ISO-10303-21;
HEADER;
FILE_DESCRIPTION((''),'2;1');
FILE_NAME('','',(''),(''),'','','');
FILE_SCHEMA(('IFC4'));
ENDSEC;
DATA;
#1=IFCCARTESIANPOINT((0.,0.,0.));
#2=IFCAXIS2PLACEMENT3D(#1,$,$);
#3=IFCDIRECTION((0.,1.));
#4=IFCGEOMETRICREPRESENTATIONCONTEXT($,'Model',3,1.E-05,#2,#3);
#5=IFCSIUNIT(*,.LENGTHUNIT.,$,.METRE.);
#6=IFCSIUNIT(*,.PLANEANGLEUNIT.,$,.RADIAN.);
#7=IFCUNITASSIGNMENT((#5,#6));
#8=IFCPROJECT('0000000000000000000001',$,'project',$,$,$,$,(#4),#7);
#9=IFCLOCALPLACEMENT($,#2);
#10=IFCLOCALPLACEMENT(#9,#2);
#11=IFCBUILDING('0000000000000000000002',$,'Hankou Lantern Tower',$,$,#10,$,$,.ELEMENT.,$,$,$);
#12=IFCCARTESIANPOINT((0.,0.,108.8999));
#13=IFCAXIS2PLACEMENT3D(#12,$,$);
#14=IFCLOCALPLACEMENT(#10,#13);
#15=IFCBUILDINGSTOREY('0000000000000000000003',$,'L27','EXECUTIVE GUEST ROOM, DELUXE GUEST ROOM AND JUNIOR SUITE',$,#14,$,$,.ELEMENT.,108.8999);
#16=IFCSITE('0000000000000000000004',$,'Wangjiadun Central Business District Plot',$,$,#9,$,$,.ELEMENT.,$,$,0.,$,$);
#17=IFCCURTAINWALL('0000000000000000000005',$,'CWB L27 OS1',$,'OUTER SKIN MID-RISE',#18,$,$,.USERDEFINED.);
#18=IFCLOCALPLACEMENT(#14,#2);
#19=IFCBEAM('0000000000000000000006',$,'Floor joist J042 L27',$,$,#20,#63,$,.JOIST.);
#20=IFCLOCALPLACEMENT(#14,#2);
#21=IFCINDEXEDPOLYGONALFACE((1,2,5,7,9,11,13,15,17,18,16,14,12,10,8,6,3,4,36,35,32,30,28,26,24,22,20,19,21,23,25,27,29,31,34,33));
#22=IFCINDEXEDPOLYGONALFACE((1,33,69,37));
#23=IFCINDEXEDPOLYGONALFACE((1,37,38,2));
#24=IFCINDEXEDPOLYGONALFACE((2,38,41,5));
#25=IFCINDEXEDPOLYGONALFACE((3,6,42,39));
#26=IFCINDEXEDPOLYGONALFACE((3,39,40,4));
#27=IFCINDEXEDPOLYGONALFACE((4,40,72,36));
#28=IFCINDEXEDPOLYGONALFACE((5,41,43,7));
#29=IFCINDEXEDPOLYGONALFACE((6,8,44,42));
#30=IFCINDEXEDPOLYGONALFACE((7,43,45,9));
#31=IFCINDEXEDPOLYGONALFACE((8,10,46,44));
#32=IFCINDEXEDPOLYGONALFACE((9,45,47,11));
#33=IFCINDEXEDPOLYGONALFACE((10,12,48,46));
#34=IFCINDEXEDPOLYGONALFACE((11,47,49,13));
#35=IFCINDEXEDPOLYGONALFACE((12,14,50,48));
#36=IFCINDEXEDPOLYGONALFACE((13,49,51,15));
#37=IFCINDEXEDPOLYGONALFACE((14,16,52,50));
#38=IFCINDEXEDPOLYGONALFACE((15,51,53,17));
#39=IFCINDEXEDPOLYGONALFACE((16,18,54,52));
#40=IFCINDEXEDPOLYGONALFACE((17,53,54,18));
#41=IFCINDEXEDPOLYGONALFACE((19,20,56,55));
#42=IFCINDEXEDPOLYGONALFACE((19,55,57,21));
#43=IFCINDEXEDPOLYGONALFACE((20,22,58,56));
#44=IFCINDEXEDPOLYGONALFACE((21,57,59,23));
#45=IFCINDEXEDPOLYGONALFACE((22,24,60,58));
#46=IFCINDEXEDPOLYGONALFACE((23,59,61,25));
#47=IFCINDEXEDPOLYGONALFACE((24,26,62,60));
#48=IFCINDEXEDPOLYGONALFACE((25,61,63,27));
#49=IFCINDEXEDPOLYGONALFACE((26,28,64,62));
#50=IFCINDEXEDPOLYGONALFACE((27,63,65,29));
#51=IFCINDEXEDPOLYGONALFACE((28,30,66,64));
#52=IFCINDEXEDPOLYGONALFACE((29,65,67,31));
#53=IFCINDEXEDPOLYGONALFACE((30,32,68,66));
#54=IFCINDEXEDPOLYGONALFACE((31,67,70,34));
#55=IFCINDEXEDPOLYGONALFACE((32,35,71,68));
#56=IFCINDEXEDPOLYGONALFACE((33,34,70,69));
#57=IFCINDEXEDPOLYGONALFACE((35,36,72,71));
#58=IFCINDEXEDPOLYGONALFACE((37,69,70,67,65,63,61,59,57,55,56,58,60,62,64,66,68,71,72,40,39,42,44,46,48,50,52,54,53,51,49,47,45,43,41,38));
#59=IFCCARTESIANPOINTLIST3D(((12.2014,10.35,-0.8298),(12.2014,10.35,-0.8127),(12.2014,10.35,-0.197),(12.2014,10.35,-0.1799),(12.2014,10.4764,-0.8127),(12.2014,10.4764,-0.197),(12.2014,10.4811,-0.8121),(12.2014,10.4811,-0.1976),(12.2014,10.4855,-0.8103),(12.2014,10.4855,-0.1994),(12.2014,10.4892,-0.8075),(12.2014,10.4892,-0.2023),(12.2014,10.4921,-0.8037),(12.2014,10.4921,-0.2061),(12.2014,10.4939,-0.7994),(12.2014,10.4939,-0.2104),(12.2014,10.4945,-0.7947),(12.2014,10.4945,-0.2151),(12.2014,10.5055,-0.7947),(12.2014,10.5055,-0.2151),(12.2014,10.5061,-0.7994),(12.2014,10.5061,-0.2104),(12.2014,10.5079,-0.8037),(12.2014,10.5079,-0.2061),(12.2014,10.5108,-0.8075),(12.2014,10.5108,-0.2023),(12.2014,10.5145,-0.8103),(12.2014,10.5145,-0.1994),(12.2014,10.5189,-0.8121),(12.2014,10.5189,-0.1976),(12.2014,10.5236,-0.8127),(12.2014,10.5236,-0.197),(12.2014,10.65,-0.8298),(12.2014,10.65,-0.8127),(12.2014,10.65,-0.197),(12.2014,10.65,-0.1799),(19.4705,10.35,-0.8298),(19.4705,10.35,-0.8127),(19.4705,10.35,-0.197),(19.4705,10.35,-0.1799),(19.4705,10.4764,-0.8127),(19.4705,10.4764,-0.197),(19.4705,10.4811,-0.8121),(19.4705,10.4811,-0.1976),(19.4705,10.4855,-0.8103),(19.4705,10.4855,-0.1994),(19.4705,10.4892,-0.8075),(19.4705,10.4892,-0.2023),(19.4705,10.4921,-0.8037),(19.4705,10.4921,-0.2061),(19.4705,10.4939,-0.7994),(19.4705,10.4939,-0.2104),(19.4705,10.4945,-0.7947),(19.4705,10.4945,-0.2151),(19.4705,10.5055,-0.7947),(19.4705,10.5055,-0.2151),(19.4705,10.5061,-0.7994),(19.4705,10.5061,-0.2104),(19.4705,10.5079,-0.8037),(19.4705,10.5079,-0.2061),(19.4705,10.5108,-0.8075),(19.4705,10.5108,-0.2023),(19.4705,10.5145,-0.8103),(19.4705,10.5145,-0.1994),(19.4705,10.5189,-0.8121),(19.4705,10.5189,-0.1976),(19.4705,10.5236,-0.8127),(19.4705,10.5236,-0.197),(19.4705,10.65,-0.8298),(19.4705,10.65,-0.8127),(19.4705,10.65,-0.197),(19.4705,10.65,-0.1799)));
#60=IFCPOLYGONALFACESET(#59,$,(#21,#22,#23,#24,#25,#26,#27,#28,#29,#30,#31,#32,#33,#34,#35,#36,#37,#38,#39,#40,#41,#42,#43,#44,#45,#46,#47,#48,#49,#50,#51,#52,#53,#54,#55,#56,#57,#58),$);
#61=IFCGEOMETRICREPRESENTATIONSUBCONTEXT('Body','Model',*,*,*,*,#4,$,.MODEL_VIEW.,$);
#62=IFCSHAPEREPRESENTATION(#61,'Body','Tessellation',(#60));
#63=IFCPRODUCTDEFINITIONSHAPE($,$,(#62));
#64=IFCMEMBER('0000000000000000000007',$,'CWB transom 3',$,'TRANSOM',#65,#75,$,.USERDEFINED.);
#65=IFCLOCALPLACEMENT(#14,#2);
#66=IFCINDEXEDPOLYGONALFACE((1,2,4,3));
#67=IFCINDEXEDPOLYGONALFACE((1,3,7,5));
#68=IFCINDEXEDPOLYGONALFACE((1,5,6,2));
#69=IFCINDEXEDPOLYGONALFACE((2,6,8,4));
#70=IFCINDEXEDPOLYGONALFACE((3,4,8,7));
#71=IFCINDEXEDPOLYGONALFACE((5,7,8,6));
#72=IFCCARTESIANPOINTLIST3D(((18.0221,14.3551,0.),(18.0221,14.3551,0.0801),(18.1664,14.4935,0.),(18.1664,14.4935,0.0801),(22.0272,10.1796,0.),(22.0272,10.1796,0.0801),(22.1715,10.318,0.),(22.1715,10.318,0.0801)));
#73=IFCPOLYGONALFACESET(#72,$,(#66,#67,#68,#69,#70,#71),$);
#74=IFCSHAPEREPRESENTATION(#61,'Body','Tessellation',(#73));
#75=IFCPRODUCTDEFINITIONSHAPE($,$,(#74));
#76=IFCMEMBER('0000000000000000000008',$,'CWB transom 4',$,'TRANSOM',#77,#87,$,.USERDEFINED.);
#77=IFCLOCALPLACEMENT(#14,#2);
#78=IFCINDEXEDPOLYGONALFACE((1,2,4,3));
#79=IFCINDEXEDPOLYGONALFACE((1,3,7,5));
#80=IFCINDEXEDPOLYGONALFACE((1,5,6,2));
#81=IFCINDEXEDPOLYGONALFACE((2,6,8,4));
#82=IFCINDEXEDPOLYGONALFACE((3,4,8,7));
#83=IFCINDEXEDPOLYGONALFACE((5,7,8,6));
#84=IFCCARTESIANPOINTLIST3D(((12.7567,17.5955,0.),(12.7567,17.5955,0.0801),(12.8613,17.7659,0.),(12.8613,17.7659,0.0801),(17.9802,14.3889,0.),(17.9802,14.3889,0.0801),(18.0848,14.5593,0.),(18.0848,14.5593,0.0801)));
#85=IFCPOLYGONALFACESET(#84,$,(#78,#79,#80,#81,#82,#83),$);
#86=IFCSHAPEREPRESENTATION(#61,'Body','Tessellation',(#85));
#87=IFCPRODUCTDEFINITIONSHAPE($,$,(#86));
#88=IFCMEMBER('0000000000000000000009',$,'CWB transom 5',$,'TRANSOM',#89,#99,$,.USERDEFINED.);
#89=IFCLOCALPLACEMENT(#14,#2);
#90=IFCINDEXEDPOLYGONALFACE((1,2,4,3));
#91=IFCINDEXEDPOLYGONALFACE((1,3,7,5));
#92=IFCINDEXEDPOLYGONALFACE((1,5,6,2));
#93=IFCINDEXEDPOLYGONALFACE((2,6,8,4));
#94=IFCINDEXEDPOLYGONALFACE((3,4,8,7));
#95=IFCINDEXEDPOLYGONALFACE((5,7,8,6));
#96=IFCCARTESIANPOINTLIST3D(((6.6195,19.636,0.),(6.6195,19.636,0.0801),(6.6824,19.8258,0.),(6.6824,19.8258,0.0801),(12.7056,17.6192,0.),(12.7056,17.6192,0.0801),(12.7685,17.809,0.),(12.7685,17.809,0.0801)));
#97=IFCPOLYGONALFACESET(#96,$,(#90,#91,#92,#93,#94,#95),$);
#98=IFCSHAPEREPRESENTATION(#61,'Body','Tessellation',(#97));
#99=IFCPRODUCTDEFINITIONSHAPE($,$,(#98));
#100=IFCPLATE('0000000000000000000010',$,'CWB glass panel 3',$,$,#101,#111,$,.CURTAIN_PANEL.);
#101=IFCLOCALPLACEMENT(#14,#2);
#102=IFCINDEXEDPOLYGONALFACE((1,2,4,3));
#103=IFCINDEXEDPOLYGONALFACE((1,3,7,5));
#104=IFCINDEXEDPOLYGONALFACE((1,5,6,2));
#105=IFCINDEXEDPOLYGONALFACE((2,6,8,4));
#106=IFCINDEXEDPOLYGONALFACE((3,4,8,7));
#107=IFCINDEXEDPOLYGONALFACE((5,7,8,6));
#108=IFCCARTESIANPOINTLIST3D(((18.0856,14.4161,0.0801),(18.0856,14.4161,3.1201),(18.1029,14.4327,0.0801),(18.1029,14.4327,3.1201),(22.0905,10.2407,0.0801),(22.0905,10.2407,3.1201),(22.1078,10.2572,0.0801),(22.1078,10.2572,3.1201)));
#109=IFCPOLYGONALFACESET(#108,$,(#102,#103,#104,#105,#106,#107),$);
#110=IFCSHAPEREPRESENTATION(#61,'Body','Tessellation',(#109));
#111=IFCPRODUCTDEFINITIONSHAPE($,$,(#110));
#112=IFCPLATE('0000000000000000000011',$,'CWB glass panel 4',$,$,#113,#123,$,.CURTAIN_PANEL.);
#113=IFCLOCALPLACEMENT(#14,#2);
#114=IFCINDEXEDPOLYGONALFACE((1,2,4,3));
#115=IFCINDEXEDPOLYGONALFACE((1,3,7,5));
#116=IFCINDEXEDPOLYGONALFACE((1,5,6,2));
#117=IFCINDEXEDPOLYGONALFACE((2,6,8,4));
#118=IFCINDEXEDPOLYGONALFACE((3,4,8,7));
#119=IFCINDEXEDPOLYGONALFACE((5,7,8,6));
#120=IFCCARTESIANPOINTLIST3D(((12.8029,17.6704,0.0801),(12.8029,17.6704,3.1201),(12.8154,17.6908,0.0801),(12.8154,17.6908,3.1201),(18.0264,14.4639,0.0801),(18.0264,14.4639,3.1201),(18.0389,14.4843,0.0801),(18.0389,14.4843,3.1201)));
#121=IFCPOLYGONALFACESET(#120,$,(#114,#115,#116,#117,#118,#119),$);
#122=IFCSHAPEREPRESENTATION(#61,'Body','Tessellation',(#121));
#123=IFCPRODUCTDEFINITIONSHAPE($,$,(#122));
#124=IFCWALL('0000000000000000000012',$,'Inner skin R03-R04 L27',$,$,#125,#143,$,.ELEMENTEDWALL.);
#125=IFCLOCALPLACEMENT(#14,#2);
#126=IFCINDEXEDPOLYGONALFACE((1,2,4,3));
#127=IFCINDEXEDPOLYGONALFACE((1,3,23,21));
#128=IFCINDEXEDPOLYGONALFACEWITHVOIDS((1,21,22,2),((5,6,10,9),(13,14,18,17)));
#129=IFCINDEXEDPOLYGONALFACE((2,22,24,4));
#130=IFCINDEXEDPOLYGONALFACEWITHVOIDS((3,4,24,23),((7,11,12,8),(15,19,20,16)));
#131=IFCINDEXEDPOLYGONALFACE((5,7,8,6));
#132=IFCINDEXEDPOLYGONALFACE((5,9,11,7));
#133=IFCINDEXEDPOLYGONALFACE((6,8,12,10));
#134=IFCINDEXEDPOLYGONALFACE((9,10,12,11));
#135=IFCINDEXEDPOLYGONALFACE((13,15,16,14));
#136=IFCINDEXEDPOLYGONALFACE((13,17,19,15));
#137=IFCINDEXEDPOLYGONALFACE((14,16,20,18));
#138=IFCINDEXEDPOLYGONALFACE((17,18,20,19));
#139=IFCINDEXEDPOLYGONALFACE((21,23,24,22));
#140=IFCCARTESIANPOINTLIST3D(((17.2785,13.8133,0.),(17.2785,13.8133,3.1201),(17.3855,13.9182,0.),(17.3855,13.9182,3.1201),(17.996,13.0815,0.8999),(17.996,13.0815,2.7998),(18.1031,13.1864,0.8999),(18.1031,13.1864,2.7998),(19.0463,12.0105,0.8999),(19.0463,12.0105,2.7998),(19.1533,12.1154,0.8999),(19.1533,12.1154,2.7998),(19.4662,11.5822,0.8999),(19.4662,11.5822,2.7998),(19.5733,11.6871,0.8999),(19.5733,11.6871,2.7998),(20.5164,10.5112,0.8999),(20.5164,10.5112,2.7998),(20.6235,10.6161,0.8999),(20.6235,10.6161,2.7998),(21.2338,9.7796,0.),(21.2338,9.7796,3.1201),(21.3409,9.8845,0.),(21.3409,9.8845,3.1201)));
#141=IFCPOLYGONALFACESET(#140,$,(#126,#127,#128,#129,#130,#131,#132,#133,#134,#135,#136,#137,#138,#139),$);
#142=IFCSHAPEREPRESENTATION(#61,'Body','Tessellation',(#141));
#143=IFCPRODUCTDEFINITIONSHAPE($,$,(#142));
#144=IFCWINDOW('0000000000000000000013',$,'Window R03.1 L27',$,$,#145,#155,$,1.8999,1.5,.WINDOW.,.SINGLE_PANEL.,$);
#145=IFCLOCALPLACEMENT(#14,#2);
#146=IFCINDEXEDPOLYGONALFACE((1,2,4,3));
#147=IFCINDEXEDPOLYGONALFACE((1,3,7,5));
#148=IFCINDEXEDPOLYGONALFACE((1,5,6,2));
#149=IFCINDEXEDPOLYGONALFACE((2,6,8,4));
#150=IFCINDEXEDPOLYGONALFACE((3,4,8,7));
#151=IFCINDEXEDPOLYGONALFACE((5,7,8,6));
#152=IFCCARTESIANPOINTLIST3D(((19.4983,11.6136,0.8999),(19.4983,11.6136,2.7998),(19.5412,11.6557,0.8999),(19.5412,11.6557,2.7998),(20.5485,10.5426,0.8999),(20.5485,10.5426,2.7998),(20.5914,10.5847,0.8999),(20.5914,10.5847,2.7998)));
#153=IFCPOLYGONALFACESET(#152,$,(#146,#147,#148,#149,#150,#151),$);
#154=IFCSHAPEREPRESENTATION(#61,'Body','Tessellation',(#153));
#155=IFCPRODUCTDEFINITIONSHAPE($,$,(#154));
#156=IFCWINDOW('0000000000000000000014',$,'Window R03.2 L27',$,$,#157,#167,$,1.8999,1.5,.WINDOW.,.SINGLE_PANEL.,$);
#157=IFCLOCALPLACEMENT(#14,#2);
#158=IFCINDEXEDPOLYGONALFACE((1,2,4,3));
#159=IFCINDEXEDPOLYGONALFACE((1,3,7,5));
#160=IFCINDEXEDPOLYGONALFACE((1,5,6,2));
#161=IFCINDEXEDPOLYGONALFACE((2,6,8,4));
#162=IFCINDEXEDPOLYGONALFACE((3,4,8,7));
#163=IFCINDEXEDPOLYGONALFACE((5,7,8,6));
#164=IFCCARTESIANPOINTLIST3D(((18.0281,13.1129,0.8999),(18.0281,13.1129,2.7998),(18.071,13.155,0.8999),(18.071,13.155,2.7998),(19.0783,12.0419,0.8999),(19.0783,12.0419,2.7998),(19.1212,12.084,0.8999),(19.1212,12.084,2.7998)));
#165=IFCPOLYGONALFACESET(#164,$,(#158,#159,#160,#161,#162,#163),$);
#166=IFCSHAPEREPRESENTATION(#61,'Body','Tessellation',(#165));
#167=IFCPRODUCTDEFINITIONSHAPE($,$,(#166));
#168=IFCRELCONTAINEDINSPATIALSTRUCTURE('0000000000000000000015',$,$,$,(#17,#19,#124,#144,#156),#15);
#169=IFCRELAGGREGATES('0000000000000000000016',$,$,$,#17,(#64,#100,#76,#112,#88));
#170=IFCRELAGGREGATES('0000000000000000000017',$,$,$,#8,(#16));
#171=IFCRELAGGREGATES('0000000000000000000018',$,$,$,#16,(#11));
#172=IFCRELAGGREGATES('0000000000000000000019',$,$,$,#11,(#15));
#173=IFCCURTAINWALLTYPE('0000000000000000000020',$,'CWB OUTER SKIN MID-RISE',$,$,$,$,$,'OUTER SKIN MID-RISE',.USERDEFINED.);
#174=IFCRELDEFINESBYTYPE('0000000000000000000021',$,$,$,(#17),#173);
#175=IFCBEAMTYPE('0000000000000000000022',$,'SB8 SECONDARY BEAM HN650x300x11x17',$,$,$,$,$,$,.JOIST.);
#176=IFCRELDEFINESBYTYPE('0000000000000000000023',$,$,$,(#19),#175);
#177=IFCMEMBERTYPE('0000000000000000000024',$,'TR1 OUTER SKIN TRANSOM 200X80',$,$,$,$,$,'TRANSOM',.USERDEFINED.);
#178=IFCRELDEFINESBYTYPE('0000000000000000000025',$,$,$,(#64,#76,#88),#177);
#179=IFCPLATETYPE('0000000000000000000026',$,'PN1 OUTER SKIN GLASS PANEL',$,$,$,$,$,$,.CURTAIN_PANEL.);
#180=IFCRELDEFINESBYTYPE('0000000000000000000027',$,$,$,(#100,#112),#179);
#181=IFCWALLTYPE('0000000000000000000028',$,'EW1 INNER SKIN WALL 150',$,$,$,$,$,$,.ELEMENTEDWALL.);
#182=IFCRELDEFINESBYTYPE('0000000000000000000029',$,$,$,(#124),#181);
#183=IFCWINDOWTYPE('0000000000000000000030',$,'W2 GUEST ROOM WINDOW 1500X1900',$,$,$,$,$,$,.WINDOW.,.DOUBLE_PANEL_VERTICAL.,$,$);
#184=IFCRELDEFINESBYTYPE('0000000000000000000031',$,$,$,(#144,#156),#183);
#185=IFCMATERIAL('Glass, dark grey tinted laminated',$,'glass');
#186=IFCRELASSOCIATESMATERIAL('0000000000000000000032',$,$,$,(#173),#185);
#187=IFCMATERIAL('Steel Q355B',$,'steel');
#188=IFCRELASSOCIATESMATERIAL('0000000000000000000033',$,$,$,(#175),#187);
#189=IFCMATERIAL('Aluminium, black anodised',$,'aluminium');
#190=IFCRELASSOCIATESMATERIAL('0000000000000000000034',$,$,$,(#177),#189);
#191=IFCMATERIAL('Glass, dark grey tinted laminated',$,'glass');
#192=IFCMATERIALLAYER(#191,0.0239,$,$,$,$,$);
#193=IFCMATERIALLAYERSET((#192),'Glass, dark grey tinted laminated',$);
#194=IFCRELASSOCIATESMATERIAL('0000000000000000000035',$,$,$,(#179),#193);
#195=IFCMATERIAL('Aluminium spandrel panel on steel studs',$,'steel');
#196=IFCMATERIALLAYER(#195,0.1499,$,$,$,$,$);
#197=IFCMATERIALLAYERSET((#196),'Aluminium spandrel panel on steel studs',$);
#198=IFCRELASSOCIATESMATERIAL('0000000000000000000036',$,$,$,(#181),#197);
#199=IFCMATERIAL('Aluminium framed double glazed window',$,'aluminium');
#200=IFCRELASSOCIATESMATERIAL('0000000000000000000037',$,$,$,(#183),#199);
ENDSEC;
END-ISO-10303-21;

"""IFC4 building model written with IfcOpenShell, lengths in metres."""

from ifc_helpers import new_model, si_unit, direction, frame, frame_2d, origin, origin_2d, place, context, subcontext, project, spatial, rectangle, i_section, extrude, material, layer, layer_set, material_profile, profile_set, type_object, element, fill, aggregate, save


model = new_model("IFC4")

# Units and contexts
model_context = context("Model", 3, precision=1e-05, world=origin(), true_north=direction((0.0, 1.0)))
body_context = subcontext(model_context, "Body", "Model", "MODEL_VIEW")
ifc_project = project(units=[si_unit("LENGTHUNIT", "METRE"), si_unit("PLANEANGLEUNIT", "RADIAN")], contexts=[model_context])

# Site, building, storey
site_placement = place(None, origin())
site = spatial("IfcSite", under=ifc_project, at=site_placement, Name="Wangjiadun Central Business District Plot", CompositionType="ELEMENT", RefElevation=0.0)
building_placement = place(site_placement, origin())
building = spatial("IfcBuilding", under=site, at=building_placement, Name="Hankou Lantern Tower", CompositionType="ELEMENT")
storey_placement = place(building_placement, frame((0.0, 0.0, 108.8999)))
storey = spatial("IfcBuildingStorey", under=building, at=storey_placement, Name="L27", Description="EXECUTIVE GUEST ROOM, DELUXE GUEST ROOM AND JUNIOR SUITE", CompositionType="ELEMENT", Elevation=108.8999)

# Curtain wall
ifc_material_1 = material(Name="Glass, dark grey tinted laminated", Category="glass")
curtain_wall_type = type_object("IfcCurtainWallType", Name="CWB OUTER SKIN MID-RISE", ElementType="OUTER SKIN MID-RISE", PredefinedType="USERDEFINED", material=ifc_material_1)
curtain_wall_placement = place(storey_placement, origin())
curtain_wall = element("IfcCurtainWall", 1, at=curtain_wall_placement, inside=storey, type_object=curtain_wall_type, Name="CWB L27 OS1", ObjectType="OUTER SKIN MID-RISE", PredefinedType="USERDEFINED")

# Beam
ifc_material_2 = material(Name="Steel Q355B", Category="steel")
ifc_material_profile_1 = material_profile(ifc_material_2, i_section(OverallWidth=0.3, OverallDepth=0.6499, WebThickness=0.011, FlangeThickness=0.0171, FilletRadius=0.0181, at=origin_2d()), Name="HN650x300x11x17")
ifc_profile_set_1 = profile_set([ifc_material_profile_1], Name="Steel Q355B")
beam_type_1 = type_object("IfcBeamType", Name="SB8 SECONDARY BEAM HN650x300x11x17", PredefinedType="JOIST", material=ifc_profile_set_1)
beam_1_placement = place(storey_placement, frame((12.2014, 10.5, -0.5049), z_axis=(1.0, 0.0, 0.0), x_axis=(0.0, 1.0, 0.0)))
element("IfcBeam", 2, at=beam_1_placement, inside=storey, type_object=beam_type_1, Name="Floor joist J042 L27", PredefinedType="JOIST", context=body_context, shape_type="SweptSolid", body=[
    extrude(i_section(OverallWidth=0.3, OverallDepth=0.6499, WebThickness=0.011, FlangeThickness=0.0171, FilletRadius=0.0181, at=origin_2d()), origin(), (0.0, 0.0, 1.0), 7.269),
])

# Members
ifc_material_3 = material(Name="Aluminium, black anodised", Category="aluminium")
ifc_material_profile_2 = material_profile(ifc_material_3, rectangle(XDim=0.2, YDim=0.0801, at=origin_2d()), Name="TR1 200X80")
ifc_profile_set_2 = profile_set([ifc_material_profile_2], Name="Aluminium, black anodised")
member_type_1 = type_object("IfcMemberType", Name="TR1 OUTER SKIN TRANSOM 200X80", ElementType="TRANSOM", PredefinedType="USERDEFINED", material=ifc_profile_set_2)
member_1_placement = place(storey_placement, frame((22.0994, 10.2488, 0.04), z_axis=(-0.692227, 0.72168, 0.0), x_axis=(-0.72168, -0.692227, 0.0)))
member_1 = element("IfcMember", 3, at=member_1_placement, type_object=member_type_1, Name="CWB transom 3", ObjectType="TRANSOM", PredefinedType="USERDEFINED", context=body_context, shape_type="SweptSolid", body=[
    extrude(rectangle(XDim=0.2, YDim=0.0801, at=origin_2d()), origin(), (0.0, 0.0, 1.0), 5.7859),
])
member_2_placement = place(storey_placement, frame((18.0325, 14.4741, 0.04), z_axis=(-0.852229, 0.523168, 0.0), x_axis=(-0.523168, -0.852229, 0.0)))
member_2 = element("IfcMember", 4, at=member_2_placement, type_object=member_type_1, Name="CWB transom 4", ObjectType="TRANSOM", PredefinedType="USERDEFINED", context=body_context, shape_type="SweptSolid", body=[
    extrude(rectangle(XDim=0.2, YDim=0.0801, at=origin_2d()), origin(), (0.0, 0.0, 1.0), 6.1292),
])
member_3_placement = place(storey_placement, frame((12.7371, 17.7141, 0.04), z_axis=(-0.949238, 0.314559, 0.0), x_axis=(-0.314559, -0.949238, 0.0)))
member_3 = element("IfcMember", 5, at=member_3_placement, type_object=member_type_1, Name="CWB transom 5", ObjectType="TRANSOM", PredefinedType="USERDEFINED", context=body_context, shape_type="SweptSolid", body=[
    extrude(rectangle(XDim=0.2, YDim=0.0801, at=origin_2d()), origin(), (0.0, 0.0, 1.0), 6.4116),
])

# Plates
ifc_material_4 = material(Name="Glass, dark grey tinted laminated", Category="glass")
ifc_layer_1 = layer(ifc_material_4, 0.0239)
ifc_layer_set_1 = layer_set([ifc_layer_1], Name="Glass, dark grey tinted laminated")
plate_type = type_object("IfcPlateType", Name="PN1 OUTER SKIN GLASS PANEL", PredefinedType="CURTAIN_PANEL", material=ifc_layer_set_1)
plate_1_placement = place(storey_placement, frame((20.0967, 12.3367, 0.0801), z_axis=(0.0, 0.0, 1.0), x_axis=(-0.692216, 0.721691, 0.0)))
plate_1 = element("IfcPlate", 6, at=plate_1_placement, type_object=plate_type, Name="CWB glass panel 3", PredefinedType="CURTAIN_PANEL", context=body_context, shape_type="SweptSolid", body=[
    extrude(rectangle(XDim=5.7856, YDim=0.0239, at=origin_2d()), origin(), (0.0, 0.0, 1.0), 3.04),
])
plate_2_placement = place(storey_placement, frame((15.4209, 16.0774, 0.0801), z_axis=(0.0, 0.0, 1.0), x_axis=(-0.852237, 0.523156, 0.0)))
plate_2 = element("IfcPlate", 7, at=plate_2_placement, type_object=plate_type, Name="CWB glass panel 4", PredefinedType="CURTAIN_PANEL", context=body_context, shape_type="SweptSolid", body=[
    extrude(rectangle(XDim=6.1292, YDim=0.0239, at=origin_2d()), origin(), (0.0, 0.0, 1.0), 3.04),
])
aggregate(curtain_wall, [member_1, plate_1, member_2, plate_2, member_3])

# Wall, openings, windows
ifc_material_5 = material(Name="Aluminium spandrel panel on steel studs", Category="steel")
ifc_layer_2 = layer(ifc_material_5, 0.1499)
ifc_layer_set_2 = layer_set([ifc_layer_2], Name="Aluminium spandrel panel on steel studs")
wall_type_1 = type_object("IfcWallType", Name="EW1 INNER SKIN WALL 150", PredefinedType="ELEMENTEDWALL", material=ifc_layer_set_2)
wall_1_placement = place(storey_placement, frame((21.2874, 9.832, 0.0), z_axis=(0.0, 0.0, 1.0), x_axis=(-0.700137, 0.714009, 0.0)))
wall_1 = element("IfcWall", 8, at=wall_1_placement, inside=storey, type_object=wall_type_1, Name="Inner skin R03-R04 L27", PredefinedType="ELEMENTEDWALL", context=body_context, shape_type="SweptSolid", body=[
    extrude(rectangle(XDim=5.6494, YDim=0.1499, at=frame_2d((2.8247, 0.0))), origin(), (0.0, 0.0, 1.0), 3.1201),
])
opening_1_placement = place(wall_1_placement, frame((1.0247, 0.0, 0.8999)))
opening_1 = element("IfcOpeningElement", 9, at=opening_1_placement, cuts=wall_1, PredefinedType="OPENING", context=body_context, shape_type="SweptSolid", body=[
    extrude(rectangle(XDim=1.5, YDim=1.8999, at=frame_2d((0.75, 0.95))), frame((0.0, 0.085, 0.0), z_axis=(0.0, -1.0, 0.0), x_axis=(1.0, 0.0, 0.0)), (0.0, 0.0, 1.0), 0.1699),
])
opening_2_placement = place(wall_1_placement, frame((3.1245, 0.0, 0.8999)))
opening_2 = element("IfcOpeningElement", 10, at=opening_2_placement, cuts=wall_1, PredefinedType="OPENING", context=body_context, shape_type="SweptSolid", body=[
    extrude(rectangle(XDim=1.5, YDim=1.8999, at=frame_2d((0.75, 0.95))), frame((0.0, 0.085, 0.0), z_axis=(0.0, -1.0, 0.0), x_axis=(1.0, 0.0, 0.0)), (0.0, 0.0, 1.0), 0.1699),
])
ifc_material_6 = material(Name="Aluminium framed double glazed window", Category="aluminium")
window_type = type_object("IfcWindowType", Name="W2 GUEST ROOM WINDOW 1500X1900", PartitioningType="DOUBLE_PANEL_VERTICAL", PredefinedType="WINDOW", material=ifc_material_6)
window_1_placement = place(opening_1_placement, origin())
window_1 = element("IfcWindow", 11, at=window_1_placement, inside=storey, type_object=window_type, Name="Window R03.1 L27", OverallHeight=1.8999, OverallWidth=1.5, PartitioningType="SINGLE_PANEL", PredefinedType="WINDOW", context=body_context, shape_type="SweptSolid", body=[
    extrude(rectangle(XDim=1.5, YDim=1.8999, at=frame_2d((0.75, 0.95))), frame((0.0, 0.03, 0.0), z_axis=(0.0, -1.0, 0.0), x_axis=(1.0, 0.0, 0.0)), (0.0, 0.0, 1.0), 0.0601),
])
fill(opening_1, window_1)
window_2_placement = place(opening_2_placement, origin())
window_2 = element("IfcWindow", 12, at=window_2_placement, inside=storey, type_object=window_type, Name="Window R03.2 L27", OverallHeight=1.8999, OverallWidth=1.5, PartitioningType="SINGLE_PANEL", PredefinedType="WINDOW", context=body_context, shape_type="SweptSolid", body=[
    extrude(rectangle(XDim=1.5, YDim=1.8999, at=frame_2d((0.75, 0.95))), frame((0.0, 0.03, 0.0), z_axis=(0.0, -1.0, 0.0), x_axis=(1.0, 0.0, 0.0)), (0.0, 0.0, 1.0), 0.0601),
])
fill(opening_2, window_2)

save(model, "model.ifc")
